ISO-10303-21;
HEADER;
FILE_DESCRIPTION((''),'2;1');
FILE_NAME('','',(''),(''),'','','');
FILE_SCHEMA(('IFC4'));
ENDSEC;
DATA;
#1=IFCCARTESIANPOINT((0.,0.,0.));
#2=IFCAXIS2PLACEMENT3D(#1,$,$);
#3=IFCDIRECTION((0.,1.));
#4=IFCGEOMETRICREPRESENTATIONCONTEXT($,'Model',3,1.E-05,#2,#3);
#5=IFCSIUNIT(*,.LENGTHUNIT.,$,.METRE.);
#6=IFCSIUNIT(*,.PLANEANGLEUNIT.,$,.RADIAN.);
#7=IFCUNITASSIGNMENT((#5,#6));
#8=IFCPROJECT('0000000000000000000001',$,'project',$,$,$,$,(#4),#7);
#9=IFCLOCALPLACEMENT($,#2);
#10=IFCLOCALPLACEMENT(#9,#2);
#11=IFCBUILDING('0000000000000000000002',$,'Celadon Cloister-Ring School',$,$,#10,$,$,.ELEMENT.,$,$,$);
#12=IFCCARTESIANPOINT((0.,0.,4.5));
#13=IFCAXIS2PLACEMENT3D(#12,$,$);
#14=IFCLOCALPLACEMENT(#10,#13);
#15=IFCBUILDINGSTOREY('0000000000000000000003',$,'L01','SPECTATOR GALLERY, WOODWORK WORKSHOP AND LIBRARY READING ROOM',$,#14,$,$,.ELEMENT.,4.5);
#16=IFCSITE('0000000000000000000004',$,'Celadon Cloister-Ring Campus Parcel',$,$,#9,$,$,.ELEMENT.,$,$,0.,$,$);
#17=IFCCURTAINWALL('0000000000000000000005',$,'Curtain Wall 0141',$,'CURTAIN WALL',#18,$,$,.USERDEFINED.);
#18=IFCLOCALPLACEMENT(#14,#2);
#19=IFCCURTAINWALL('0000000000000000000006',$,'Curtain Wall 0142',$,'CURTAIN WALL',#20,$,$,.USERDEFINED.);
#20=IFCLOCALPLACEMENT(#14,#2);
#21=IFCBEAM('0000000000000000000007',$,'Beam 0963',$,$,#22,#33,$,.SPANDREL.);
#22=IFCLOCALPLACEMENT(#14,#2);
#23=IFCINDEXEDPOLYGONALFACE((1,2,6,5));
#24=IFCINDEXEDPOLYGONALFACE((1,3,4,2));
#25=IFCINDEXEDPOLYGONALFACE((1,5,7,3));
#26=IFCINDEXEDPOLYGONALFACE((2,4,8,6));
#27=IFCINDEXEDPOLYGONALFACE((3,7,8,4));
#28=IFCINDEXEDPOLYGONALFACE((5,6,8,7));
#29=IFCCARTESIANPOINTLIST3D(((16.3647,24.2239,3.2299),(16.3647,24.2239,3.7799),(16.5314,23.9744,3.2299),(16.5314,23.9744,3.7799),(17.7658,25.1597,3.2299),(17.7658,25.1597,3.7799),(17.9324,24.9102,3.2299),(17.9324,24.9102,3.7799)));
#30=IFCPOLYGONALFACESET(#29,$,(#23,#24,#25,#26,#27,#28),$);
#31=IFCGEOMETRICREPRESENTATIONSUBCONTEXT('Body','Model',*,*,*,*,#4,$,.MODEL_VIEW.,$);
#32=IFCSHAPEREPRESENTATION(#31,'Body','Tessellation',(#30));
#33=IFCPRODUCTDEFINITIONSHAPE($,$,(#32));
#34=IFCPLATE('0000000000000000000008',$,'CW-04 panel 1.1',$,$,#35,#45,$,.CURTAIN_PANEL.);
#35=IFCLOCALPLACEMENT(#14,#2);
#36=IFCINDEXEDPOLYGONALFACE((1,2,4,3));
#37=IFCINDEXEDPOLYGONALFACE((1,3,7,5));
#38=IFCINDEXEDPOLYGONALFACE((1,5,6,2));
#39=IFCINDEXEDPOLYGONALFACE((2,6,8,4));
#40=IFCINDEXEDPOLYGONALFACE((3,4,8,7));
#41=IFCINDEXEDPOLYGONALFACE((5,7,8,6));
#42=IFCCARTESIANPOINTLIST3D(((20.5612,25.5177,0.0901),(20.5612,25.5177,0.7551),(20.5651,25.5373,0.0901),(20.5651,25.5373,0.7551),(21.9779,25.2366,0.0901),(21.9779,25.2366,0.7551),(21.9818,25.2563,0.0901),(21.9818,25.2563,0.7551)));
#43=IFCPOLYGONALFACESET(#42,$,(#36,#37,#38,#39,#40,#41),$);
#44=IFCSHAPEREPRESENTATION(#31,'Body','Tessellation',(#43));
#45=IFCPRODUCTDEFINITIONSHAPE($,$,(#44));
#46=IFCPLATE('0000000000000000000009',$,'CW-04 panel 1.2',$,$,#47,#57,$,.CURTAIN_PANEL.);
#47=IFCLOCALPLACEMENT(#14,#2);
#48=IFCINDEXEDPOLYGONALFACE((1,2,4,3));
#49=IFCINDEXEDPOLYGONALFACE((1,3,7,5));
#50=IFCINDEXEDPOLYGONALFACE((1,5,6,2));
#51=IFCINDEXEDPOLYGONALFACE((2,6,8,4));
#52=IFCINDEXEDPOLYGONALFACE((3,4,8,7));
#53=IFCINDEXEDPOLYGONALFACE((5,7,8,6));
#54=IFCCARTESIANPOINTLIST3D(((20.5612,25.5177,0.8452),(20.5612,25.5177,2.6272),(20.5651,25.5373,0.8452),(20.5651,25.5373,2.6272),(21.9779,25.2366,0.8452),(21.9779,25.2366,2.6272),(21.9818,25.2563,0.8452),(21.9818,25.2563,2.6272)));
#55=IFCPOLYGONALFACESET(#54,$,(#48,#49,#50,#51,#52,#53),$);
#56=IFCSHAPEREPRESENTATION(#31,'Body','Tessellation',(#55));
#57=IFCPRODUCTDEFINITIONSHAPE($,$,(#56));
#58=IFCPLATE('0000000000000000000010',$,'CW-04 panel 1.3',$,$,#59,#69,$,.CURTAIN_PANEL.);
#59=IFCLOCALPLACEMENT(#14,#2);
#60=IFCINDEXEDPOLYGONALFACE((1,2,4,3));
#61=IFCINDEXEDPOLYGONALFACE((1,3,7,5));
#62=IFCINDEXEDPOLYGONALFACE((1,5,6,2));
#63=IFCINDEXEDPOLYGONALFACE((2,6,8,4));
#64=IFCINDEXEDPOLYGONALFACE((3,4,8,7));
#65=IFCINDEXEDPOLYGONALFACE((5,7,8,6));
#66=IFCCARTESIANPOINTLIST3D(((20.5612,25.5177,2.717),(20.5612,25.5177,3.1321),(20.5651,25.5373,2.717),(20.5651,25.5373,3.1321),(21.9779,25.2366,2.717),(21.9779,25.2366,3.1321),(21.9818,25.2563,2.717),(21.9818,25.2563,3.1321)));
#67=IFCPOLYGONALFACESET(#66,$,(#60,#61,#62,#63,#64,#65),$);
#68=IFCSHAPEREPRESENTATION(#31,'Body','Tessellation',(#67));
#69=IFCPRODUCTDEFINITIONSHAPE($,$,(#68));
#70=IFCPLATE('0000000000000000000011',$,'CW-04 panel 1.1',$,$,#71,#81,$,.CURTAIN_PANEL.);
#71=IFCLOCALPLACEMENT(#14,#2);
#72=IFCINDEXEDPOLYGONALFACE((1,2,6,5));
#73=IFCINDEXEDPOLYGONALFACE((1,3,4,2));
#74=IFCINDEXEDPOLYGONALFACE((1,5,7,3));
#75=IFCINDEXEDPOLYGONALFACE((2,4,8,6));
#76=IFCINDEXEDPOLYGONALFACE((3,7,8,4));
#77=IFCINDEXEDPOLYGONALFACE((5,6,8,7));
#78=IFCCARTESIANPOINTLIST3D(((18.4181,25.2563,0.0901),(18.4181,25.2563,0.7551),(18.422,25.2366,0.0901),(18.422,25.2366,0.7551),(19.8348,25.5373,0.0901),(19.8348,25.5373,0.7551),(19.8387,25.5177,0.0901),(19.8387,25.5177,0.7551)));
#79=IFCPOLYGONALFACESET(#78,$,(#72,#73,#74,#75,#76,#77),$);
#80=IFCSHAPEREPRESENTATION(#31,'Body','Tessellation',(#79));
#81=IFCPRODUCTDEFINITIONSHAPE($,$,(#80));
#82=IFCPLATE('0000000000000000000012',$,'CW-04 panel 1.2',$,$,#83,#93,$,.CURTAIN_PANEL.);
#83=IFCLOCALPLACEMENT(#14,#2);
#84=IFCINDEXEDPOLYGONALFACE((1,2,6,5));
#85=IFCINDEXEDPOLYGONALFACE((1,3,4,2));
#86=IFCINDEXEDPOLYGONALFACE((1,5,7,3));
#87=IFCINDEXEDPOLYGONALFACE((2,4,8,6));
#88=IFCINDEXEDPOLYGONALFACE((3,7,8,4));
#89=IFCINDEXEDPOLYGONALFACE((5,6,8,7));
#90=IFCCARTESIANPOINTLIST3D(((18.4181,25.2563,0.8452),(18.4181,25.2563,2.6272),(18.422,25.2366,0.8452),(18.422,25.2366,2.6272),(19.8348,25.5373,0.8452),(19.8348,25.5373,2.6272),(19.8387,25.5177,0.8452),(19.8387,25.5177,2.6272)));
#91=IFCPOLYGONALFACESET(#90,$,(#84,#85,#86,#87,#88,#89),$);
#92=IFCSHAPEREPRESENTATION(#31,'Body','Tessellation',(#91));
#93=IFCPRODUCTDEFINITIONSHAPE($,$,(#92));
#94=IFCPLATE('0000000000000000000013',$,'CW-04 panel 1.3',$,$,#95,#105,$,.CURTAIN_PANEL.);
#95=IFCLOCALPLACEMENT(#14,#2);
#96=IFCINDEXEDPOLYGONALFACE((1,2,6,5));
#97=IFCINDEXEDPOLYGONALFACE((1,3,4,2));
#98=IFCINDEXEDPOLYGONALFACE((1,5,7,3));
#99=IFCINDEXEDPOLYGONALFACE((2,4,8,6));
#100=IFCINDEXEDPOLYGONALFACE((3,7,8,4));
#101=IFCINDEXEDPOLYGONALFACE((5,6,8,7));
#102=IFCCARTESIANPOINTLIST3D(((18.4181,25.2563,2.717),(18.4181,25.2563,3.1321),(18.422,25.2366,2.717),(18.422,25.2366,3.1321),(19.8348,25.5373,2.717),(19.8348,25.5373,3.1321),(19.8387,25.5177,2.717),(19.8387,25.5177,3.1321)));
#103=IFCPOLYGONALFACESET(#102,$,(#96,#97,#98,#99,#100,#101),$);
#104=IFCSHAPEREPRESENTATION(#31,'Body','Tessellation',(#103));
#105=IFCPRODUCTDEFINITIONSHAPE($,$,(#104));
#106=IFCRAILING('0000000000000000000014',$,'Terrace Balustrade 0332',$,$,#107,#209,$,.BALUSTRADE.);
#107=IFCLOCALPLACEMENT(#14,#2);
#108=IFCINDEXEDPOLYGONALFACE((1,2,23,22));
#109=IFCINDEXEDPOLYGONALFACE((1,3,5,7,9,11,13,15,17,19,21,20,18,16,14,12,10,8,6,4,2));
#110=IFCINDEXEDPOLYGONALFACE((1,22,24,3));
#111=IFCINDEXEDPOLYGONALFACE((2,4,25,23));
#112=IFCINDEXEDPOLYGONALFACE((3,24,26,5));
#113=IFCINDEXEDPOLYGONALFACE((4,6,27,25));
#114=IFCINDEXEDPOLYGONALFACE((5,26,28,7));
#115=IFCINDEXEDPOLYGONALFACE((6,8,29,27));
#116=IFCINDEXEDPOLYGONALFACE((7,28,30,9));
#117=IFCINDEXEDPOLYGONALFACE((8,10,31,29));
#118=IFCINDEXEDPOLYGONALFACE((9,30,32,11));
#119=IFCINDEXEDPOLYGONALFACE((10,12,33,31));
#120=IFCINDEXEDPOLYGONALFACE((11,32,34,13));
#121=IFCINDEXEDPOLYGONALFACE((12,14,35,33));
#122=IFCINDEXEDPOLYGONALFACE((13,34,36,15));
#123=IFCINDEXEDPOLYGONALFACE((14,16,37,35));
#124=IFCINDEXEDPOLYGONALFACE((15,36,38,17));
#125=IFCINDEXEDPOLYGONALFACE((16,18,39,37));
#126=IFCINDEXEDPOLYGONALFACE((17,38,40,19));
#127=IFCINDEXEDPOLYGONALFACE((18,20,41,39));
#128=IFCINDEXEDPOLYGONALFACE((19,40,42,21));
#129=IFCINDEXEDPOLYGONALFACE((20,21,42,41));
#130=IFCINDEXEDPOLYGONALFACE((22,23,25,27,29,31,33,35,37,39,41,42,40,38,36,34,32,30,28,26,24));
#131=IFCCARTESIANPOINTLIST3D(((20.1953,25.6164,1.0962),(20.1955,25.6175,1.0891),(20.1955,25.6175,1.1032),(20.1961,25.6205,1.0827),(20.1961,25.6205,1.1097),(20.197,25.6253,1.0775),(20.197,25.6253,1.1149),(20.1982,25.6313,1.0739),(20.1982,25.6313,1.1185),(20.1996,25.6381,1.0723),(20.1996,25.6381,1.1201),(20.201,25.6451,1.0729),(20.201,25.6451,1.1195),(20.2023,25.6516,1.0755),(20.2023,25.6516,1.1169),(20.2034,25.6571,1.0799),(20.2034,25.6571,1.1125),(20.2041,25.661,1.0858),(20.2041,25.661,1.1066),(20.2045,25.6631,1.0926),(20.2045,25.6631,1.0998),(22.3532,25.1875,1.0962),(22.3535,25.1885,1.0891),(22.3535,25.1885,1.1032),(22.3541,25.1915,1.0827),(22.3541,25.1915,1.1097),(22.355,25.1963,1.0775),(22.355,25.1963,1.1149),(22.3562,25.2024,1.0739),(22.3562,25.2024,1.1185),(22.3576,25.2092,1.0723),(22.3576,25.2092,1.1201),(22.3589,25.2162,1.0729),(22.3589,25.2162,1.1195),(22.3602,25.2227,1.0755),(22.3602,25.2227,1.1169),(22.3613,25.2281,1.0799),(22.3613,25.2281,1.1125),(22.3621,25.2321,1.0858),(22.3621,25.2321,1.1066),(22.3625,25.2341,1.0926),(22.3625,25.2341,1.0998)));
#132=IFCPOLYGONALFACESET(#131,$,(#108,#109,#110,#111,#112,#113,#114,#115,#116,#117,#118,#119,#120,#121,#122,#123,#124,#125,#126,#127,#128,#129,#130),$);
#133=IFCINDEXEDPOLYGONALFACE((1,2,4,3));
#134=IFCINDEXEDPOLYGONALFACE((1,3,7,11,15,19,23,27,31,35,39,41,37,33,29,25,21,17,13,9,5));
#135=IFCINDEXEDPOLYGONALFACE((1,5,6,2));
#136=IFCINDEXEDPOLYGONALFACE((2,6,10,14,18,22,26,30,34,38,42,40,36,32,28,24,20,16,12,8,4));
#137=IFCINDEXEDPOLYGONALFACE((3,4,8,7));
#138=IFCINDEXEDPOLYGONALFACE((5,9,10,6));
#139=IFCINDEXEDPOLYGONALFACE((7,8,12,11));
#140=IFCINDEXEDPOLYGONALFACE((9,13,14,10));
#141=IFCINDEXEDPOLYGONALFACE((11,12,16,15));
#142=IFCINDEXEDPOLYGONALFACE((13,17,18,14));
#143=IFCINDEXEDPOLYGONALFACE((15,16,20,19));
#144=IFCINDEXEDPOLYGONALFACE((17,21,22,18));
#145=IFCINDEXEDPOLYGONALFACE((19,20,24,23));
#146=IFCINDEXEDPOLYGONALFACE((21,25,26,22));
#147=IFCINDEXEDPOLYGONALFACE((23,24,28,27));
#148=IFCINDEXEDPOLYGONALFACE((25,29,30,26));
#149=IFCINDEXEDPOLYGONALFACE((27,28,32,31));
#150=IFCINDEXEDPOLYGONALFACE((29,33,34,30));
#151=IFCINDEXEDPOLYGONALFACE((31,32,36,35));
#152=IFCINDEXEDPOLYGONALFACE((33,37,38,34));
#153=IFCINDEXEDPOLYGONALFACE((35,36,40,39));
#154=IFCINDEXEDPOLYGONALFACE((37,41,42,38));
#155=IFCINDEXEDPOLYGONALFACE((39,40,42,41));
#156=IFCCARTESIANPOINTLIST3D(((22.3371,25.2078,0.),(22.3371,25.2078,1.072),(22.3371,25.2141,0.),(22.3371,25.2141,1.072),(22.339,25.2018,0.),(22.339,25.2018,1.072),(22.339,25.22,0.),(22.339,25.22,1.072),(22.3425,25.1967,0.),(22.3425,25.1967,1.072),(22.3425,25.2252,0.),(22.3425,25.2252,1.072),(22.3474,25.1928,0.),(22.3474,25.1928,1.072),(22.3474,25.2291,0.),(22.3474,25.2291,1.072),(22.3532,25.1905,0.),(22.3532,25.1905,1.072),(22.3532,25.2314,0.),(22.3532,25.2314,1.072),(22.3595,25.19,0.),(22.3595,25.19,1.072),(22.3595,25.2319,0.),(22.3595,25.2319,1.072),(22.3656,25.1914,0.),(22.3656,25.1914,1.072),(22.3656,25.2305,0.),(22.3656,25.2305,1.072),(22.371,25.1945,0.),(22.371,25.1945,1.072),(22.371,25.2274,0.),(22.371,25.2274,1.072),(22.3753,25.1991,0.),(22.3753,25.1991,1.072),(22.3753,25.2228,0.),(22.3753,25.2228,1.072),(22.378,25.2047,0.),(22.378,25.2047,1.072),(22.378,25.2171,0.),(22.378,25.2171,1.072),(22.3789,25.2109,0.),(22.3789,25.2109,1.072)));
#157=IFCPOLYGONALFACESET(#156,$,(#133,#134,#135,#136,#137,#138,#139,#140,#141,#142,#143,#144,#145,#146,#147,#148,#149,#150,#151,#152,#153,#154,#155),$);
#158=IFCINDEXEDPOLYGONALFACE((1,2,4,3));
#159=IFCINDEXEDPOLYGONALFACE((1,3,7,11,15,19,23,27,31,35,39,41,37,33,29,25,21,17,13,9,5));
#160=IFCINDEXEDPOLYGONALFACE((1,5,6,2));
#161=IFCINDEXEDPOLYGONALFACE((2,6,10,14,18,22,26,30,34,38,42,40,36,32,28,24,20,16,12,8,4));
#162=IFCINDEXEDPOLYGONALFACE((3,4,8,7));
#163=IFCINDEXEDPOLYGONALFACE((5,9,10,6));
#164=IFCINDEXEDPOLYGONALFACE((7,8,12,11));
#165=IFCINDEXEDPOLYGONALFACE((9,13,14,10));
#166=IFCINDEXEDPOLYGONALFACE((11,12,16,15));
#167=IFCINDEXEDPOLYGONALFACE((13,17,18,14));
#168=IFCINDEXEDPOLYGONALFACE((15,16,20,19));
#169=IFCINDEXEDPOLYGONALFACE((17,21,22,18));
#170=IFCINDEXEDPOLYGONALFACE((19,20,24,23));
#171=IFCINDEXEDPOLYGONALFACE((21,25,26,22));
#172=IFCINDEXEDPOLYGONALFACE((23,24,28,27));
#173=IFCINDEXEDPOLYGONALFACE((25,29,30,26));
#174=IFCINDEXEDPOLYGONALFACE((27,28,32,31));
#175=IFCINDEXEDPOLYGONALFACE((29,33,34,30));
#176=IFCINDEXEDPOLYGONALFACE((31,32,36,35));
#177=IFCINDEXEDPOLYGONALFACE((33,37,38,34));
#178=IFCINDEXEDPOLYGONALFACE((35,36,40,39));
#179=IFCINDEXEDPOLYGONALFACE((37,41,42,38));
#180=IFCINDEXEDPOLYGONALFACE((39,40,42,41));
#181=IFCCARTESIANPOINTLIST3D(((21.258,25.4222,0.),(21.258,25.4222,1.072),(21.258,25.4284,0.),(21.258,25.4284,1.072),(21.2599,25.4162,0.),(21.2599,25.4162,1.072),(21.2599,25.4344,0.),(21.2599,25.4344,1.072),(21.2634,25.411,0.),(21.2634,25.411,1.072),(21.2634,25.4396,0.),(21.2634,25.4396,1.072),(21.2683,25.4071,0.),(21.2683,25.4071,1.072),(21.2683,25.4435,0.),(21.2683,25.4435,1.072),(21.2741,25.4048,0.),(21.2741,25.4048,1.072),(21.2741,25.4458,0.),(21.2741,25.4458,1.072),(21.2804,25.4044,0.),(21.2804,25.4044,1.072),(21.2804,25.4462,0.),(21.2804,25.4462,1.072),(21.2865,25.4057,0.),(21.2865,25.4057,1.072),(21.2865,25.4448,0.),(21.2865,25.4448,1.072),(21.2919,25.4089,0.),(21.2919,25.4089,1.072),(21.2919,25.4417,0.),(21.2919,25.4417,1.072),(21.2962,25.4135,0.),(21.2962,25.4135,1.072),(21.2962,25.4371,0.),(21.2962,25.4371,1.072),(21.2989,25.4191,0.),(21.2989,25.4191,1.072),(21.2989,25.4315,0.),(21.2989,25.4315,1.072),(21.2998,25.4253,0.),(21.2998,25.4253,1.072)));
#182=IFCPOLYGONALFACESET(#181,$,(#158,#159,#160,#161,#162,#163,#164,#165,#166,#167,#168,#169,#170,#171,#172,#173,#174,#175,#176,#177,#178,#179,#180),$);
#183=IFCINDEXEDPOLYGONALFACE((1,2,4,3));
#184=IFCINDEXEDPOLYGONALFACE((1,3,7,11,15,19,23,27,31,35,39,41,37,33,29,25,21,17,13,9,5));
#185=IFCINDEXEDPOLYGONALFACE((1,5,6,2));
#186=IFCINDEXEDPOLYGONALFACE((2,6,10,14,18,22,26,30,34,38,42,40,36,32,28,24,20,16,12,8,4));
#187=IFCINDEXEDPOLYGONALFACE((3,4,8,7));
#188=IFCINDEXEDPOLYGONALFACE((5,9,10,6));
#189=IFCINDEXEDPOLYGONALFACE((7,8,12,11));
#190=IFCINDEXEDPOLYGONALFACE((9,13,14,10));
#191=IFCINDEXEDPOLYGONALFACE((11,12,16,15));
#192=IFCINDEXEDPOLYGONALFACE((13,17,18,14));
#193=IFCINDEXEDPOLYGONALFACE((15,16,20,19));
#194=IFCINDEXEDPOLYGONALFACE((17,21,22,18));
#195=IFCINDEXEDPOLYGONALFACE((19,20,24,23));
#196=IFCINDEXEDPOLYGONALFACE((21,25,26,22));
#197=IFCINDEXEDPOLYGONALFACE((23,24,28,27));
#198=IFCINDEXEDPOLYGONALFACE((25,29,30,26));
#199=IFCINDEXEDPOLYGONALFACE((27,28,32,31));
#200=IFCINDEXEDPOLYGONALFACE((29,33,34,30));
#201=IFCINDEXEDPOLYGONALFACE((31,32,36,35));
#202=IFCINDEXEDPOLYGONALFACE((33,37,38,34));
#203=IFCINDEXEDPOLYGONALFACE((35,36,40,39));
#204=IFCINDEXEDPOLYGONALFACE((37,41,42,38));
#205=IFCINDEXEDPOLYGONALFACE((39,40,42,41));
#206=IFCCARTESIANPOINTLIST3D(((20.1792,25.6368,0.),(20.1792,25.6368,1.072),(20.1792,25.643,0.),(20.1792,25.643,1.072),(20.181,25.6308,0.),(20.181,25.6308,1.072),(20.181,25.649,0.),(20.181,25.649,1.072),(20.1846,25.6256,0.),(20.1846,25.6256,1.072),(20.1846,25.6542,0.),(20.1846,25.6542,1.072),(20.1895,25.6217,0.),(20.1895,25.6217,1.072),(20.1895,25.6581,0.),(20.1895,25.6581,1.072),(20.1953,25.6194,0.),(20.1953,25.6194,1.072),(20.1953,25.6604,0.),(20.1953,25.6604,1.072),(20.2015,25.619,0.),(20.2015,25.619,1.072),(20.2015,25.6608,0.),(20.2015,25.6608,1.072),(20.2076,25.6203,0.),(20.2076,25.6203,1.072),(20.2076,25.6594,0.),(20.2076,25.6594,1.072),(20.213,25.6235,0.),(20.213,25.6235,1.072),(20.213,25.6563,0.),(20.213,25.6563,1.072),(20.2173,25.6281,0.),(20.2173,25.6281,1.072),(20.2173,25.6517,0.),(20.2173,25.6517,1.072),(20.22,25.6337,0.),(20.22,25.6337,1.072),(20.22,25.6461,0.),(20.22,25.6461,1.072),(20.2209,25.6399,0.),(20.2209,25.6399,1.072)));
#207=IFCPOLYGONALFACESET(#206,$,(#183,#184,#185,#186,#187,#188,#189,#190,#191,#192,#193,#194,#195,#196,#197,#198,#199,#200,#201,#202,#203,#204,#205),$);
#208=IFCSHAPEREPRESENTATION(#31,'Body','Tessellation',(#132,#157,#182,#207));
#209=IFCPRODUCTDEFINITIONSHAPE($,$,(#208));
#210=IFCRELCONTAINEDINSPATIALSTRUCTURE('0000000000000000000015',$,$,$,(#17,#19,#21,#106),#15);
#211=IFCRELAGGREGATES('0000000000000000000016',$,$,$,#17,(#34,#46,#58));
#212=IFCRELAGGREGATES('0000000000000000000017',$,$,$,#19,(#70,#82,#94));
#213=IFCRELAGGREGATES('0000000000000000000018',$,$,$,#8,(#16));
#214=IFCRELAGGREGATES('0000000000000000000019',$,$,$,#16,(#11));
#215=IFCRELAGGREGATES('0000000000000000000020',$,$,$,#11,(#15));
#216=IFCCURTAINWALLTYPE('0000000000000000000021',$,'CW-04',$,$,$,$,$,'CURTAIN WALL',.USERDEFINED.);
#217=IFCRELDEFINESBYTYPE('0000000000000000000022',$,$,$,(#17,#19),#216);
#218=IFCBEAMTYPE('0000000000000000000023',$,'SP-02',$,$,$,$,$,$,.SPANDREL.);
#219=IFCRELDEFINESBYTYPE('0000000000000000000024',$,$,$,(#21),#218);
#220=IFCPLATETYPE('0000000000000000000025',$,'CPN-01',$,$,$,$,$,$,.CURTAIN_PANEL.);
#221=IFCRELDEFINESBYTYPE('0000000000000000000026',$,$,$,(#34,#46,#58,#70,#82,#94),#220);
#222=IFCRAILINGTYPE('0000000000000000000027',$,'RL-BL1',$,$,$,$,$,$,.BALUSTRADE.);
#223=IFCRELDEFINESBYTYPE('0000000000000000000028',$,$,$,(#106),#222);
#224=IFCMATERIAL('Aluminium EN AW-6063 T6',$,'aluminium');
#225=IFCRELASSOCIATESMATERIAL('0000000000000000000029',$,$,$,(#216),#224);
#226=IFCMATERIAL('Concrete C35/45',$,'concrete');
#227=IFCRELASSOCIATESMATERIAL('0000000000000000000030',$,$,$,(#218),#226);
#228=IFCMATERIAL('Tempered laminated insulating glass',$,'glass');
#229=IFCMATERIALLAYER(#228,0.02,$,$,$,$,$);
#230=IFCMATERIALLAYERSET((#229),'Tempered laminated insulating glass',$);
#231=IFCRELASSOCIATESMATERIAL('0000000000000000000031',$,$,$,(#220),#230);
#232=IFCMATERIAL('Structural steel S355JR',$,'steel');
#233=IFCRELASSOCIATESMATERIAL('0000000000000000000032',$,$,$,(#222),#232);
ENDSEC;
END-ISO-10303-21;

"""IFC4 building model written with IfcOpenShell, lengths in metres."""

from ifc_helpers import new_model, si_unit, direction, frame, origin, origin_2d, place, context, subcontext, project, spatial, rectangle, circle, extrude, material, layer, layer_set, material_profile, profile_set, type_object, element, aggregate, save


model = new_model("IFC4")

# Units and contexts
model_context = context("Model", 3, precision=1e-05, world=origin(), true_north=direction((0.0, 1.0)))
body_context = subcontext(model_context, "Body", "Model", "MODEL_VIEW")
ifc_project = project(units=[si_unit("LENGTHUNIT", "METRE"), si_unit("PLANEANGLEUNIT", "RADIAN")], contexts=[model_context])

# Site, building, storey
site_placement = place(None, origin())
site = spatial("IfcSite", under=ifc_project, at=site_placement, Name="Celadon Cloister-Ring Campus Parcel", CompositionType="ELEMENT", RefElevation=0.0)
building_placement = place(site_placement, origin())
building = spatial("IfcBuilding", under=site, at=building_placement, Name="Celadon Cloister-Ring School", CompositionType="ELEMENT")
storey_placement = place(building_placement, frame((0.0, 0.0, 4.5)))
storey = spatial("IfcBuildingStorey", under=building, at=storey_placement, Name="L01", Description="SPECTATOR GALLERY, WOODWORK WORKSHOP AND LIBRARY READING ROOM", CompositionType="ELEMENT", Elevation=4.5)

# Curtain walls
ifc_material_1 = material(Name="Aluminium EN AW-6063 T6", Category="aluminium")
curtain_wall_type = type_object("IfcCurtainWallType", Name="CW-04", ElementType="CURTAIN WALL", PredefinedType="USERDEFINED", material=ifc_material_1)
curtain_wall_1_placement = place(storey_placement, origin())
curtain_wall_1 = element("IfcCurtainWall", 1, at=curtain_wall_1_placement, inside=storey, type_object=curtain_wall_type, Name="Curtain Wall 0141", ObjectType="CURTAIN WALL", PredefinedType="USERDEFINED")
curtain_wall_2_placement = place(storey_placement, origin())
curtain_wall_2 = element("IfcCurtainWall", 2, at=curtain_wall_2_placement, inside=storey, type_object=curtain_wall_type, Name="Curtain Wall 0142", ObjectType="CURTAIN WALL", PredefinedType="USERDEFINED")

# Beam
ifc_material_2 = material(Name="Concrete C35/45", Category="concrete")
ifc_material_profile_1 = material_profile(ifc_material_2, rectangle(XDim=0.3, YDim=0.55, at=origin_2d()), Name="RC300X550")
ifc_profile_set_1 = profile_set([ifc_material_profile_1], Name="Concrete C35/45")
beam_type_1 = type_object("IfcBeamType", Name="SP-02", PredefinedType="SPANDREL", material=ifc_profile_set_1)
beam_1_placement = place(storey_placement, frame((17.8491, 25.0349, 3.5049), z_axis=(-0.831582, -0.555402, 0.0), x_axis=(0.555402, -0.831582, 0.0)))
element("IfcBeam", 3, at=beam_1_placement, inside=storey, type_object=beam_type_1, Name="Beam 0963", PredefinedType="SPANDREL", context=body_context, shape_type="SweptSolid", body=[
    extrude(rectangle(XDim=0.3, YDim=0.55, at=origin_2d()), origin(), (0.0, 0.0, 1.0), 1.6848),
])

# Plates
ifc_material_3 = material(Name="Tempered laminated insulating glass", Category="glass")
ifc_layer = layer(ifc_material_3, 0.02)
ifc_layer_set = layer_set([ifc_layer], Name="Tempered laminated insulating glass")
plate_type = type_object("IfcPlateType", Name="CPN-01", PredefinedType="CURTAIN_PANEL", material=ifc_layer_set)
plate_1_placement = place(storey_placement, frame((21.2715, 25.387, 0.0901), z_axis=(0.0, 0.0, 1.0), x_axis=(-0.980885, 0.194586, 0.0)))
plate_1 = element("IfcPlate", 4, at=plate_1_placement, type_object=plate_type, Name="CW-04 panel 1.1", PredefinedType="CURTAIN_PANEL", context=body_context, shape_type="SweptSolid", body=[
    extrude(rectangle(XDim=1.4443, YDim=0.02, at=origin_2d()), origin(), (0.0, 0.0, 1.0), 0.665),
])
plate_2_placement = place(storey_placement, frame((21.2715, 25.387, 0.8452), z_axis=(0.0, 0.0, 1.0), x_axis=(-0.980885, 0.194586, 0.0)))
plate_2 = element("IfcPlate", 5, at=plate_2_placement, type_object=plate_type, Name="CW-04 panel 1.2", PredefinedType="CURTAIN_PANEL", context=body_context, shape_type="SweptSolid", body=[
    extrude(rectangle(XDim=1.4443, YDim=0.02, at=origin_2d()), origin(), (0.0, 0.0, 1.0), 1.782),
])
plate_3_placement = place(storey_placement, frame((21.2715, 25.387, 2.717), z_axis=(0.0, 0.0, 1.0), x_axis=(-0.980885, 0.194586, 0.0)))
plate_3 = element("IfcPlate", 6, at=plate_3_placement, type_object=plate_type, Name="CW-04 panel 1.3", PredefinedType="CURTAIN_PANEL", context=body_context, shape_type="SweptSolid", body=[
    extrude(rectangle(XDim=1.4443, YDim=0.02, at=origin_2d()), origin(), (0.0, 0.0, 1.0), 0.415),
])
aggregate(curtain_wall_1, [plate_1, plate_2, plate_3])
plate_4_placement = place(storey_placement, frame((19.1284, 25.387, 0.0901), z_axis=(0.0, 0.0, 1.0), x_axis=(-0.980885, -0.194586, 0.0)))
plate_4 = element("IfcPlate", 7, at=plate_4_placement, type_object=plate_type, Name="CW-04 panel 1.1", PredefinedType="CURTAIN_PANEL", context=body_context, shape_type="SweptSolid", body=[
    extrude(rectangle(XDim=1.4443, YDim=0.02, at=origin_2d()), origin(), (0.0, 0.0, 1.0), 0.665),
])
plate_5_placement = place(storey_placement, frame((19.1284, 25.387, 0.8452), z_axis=(0.0, 0.0, 1.0), x_axis=(-0.980885, -0.194586, 0.0)))
plate_5 = element("IfcPlate", 8, at=plate_5_placement, type_object=plate_type, Name="CW-04 panel 1.2", PredefinedType="CURTAIN_PANEL", context=body_context, shape_type="SweptSolid", body=[
    extrude(rectangle(XDim=1.4443, YDim=0.02, at=origin_2d()), origin(), (0.0, 0.0, 1.0), 1.782),
])
plate_6_placement = place(storey_placement, frame((19.1284, 25.387, 2.717), z_axis=(0.0, 0.0, 1.0), x_axis=(-0.980885, -0.194586, 0.0)))
plate_6 = element("IfcPlate", 9, at=plate_6_placement, type_object=plate_type, Name="CW-04 panel 1.3", PredefinedType="CURTAIN_PANEL", context=body_context, shape_type="SweptSolid", body=[
    extrude(rectangle(XDim=1.4443, YDim=0.02, at=origin_2d()), origin(), (0.0, 0.0, 1.0), 0.415),
])
aggregate(curtain_wall_2, [plate_4, plate_5, plate_6])

# Railing
ifc_material_4 = material(Name="Structural steel S355JR", Category="steel")
railing_type = type_object("IfcRailingType", Name="RL-BL1", PredefinedType="BALUSTRADE", material=ifc_material_4)
railing_1_placement = place(storey_placement, frame((22.3579, 25.2109, 0.0)))
element("IfcRailing", 10, at=railing_1_placement, inside=storey, type_object=railing_type, Name="Terrace Balustrade 0332", PredefinedType="BALUSTRADE", context=body_context, shape_type="SweptSolid", body=[
    extrude(circle(Radius=0.0239, at=origin_2d()), frame((0.0, 0.0, 1.0962), z_axis=(-0.98081, 0.194964, 0.0), x_axis=(-0.194964, -0.98081, 0.0)), (0.0, 0.0, 1.0), 2.2002),
    extrude(circle(Radius=0.021, at=origin_2d()), origin(), (0.0, 0.0, 1.0), 1.072),
    extrude(circle(Radius=0.021, at=origin_2d()), frame((-1.0791, 0.2144, 0.0)), (0.0, 0.0, 1.0), 1.072),
    extrude(circle(Radius=0.021, at=origin_2d()), frame((-2.158, 0.429, 0.0)), (0.0, 0.0, 1.0), 1.072),
])

save(model, "model.ifc")
